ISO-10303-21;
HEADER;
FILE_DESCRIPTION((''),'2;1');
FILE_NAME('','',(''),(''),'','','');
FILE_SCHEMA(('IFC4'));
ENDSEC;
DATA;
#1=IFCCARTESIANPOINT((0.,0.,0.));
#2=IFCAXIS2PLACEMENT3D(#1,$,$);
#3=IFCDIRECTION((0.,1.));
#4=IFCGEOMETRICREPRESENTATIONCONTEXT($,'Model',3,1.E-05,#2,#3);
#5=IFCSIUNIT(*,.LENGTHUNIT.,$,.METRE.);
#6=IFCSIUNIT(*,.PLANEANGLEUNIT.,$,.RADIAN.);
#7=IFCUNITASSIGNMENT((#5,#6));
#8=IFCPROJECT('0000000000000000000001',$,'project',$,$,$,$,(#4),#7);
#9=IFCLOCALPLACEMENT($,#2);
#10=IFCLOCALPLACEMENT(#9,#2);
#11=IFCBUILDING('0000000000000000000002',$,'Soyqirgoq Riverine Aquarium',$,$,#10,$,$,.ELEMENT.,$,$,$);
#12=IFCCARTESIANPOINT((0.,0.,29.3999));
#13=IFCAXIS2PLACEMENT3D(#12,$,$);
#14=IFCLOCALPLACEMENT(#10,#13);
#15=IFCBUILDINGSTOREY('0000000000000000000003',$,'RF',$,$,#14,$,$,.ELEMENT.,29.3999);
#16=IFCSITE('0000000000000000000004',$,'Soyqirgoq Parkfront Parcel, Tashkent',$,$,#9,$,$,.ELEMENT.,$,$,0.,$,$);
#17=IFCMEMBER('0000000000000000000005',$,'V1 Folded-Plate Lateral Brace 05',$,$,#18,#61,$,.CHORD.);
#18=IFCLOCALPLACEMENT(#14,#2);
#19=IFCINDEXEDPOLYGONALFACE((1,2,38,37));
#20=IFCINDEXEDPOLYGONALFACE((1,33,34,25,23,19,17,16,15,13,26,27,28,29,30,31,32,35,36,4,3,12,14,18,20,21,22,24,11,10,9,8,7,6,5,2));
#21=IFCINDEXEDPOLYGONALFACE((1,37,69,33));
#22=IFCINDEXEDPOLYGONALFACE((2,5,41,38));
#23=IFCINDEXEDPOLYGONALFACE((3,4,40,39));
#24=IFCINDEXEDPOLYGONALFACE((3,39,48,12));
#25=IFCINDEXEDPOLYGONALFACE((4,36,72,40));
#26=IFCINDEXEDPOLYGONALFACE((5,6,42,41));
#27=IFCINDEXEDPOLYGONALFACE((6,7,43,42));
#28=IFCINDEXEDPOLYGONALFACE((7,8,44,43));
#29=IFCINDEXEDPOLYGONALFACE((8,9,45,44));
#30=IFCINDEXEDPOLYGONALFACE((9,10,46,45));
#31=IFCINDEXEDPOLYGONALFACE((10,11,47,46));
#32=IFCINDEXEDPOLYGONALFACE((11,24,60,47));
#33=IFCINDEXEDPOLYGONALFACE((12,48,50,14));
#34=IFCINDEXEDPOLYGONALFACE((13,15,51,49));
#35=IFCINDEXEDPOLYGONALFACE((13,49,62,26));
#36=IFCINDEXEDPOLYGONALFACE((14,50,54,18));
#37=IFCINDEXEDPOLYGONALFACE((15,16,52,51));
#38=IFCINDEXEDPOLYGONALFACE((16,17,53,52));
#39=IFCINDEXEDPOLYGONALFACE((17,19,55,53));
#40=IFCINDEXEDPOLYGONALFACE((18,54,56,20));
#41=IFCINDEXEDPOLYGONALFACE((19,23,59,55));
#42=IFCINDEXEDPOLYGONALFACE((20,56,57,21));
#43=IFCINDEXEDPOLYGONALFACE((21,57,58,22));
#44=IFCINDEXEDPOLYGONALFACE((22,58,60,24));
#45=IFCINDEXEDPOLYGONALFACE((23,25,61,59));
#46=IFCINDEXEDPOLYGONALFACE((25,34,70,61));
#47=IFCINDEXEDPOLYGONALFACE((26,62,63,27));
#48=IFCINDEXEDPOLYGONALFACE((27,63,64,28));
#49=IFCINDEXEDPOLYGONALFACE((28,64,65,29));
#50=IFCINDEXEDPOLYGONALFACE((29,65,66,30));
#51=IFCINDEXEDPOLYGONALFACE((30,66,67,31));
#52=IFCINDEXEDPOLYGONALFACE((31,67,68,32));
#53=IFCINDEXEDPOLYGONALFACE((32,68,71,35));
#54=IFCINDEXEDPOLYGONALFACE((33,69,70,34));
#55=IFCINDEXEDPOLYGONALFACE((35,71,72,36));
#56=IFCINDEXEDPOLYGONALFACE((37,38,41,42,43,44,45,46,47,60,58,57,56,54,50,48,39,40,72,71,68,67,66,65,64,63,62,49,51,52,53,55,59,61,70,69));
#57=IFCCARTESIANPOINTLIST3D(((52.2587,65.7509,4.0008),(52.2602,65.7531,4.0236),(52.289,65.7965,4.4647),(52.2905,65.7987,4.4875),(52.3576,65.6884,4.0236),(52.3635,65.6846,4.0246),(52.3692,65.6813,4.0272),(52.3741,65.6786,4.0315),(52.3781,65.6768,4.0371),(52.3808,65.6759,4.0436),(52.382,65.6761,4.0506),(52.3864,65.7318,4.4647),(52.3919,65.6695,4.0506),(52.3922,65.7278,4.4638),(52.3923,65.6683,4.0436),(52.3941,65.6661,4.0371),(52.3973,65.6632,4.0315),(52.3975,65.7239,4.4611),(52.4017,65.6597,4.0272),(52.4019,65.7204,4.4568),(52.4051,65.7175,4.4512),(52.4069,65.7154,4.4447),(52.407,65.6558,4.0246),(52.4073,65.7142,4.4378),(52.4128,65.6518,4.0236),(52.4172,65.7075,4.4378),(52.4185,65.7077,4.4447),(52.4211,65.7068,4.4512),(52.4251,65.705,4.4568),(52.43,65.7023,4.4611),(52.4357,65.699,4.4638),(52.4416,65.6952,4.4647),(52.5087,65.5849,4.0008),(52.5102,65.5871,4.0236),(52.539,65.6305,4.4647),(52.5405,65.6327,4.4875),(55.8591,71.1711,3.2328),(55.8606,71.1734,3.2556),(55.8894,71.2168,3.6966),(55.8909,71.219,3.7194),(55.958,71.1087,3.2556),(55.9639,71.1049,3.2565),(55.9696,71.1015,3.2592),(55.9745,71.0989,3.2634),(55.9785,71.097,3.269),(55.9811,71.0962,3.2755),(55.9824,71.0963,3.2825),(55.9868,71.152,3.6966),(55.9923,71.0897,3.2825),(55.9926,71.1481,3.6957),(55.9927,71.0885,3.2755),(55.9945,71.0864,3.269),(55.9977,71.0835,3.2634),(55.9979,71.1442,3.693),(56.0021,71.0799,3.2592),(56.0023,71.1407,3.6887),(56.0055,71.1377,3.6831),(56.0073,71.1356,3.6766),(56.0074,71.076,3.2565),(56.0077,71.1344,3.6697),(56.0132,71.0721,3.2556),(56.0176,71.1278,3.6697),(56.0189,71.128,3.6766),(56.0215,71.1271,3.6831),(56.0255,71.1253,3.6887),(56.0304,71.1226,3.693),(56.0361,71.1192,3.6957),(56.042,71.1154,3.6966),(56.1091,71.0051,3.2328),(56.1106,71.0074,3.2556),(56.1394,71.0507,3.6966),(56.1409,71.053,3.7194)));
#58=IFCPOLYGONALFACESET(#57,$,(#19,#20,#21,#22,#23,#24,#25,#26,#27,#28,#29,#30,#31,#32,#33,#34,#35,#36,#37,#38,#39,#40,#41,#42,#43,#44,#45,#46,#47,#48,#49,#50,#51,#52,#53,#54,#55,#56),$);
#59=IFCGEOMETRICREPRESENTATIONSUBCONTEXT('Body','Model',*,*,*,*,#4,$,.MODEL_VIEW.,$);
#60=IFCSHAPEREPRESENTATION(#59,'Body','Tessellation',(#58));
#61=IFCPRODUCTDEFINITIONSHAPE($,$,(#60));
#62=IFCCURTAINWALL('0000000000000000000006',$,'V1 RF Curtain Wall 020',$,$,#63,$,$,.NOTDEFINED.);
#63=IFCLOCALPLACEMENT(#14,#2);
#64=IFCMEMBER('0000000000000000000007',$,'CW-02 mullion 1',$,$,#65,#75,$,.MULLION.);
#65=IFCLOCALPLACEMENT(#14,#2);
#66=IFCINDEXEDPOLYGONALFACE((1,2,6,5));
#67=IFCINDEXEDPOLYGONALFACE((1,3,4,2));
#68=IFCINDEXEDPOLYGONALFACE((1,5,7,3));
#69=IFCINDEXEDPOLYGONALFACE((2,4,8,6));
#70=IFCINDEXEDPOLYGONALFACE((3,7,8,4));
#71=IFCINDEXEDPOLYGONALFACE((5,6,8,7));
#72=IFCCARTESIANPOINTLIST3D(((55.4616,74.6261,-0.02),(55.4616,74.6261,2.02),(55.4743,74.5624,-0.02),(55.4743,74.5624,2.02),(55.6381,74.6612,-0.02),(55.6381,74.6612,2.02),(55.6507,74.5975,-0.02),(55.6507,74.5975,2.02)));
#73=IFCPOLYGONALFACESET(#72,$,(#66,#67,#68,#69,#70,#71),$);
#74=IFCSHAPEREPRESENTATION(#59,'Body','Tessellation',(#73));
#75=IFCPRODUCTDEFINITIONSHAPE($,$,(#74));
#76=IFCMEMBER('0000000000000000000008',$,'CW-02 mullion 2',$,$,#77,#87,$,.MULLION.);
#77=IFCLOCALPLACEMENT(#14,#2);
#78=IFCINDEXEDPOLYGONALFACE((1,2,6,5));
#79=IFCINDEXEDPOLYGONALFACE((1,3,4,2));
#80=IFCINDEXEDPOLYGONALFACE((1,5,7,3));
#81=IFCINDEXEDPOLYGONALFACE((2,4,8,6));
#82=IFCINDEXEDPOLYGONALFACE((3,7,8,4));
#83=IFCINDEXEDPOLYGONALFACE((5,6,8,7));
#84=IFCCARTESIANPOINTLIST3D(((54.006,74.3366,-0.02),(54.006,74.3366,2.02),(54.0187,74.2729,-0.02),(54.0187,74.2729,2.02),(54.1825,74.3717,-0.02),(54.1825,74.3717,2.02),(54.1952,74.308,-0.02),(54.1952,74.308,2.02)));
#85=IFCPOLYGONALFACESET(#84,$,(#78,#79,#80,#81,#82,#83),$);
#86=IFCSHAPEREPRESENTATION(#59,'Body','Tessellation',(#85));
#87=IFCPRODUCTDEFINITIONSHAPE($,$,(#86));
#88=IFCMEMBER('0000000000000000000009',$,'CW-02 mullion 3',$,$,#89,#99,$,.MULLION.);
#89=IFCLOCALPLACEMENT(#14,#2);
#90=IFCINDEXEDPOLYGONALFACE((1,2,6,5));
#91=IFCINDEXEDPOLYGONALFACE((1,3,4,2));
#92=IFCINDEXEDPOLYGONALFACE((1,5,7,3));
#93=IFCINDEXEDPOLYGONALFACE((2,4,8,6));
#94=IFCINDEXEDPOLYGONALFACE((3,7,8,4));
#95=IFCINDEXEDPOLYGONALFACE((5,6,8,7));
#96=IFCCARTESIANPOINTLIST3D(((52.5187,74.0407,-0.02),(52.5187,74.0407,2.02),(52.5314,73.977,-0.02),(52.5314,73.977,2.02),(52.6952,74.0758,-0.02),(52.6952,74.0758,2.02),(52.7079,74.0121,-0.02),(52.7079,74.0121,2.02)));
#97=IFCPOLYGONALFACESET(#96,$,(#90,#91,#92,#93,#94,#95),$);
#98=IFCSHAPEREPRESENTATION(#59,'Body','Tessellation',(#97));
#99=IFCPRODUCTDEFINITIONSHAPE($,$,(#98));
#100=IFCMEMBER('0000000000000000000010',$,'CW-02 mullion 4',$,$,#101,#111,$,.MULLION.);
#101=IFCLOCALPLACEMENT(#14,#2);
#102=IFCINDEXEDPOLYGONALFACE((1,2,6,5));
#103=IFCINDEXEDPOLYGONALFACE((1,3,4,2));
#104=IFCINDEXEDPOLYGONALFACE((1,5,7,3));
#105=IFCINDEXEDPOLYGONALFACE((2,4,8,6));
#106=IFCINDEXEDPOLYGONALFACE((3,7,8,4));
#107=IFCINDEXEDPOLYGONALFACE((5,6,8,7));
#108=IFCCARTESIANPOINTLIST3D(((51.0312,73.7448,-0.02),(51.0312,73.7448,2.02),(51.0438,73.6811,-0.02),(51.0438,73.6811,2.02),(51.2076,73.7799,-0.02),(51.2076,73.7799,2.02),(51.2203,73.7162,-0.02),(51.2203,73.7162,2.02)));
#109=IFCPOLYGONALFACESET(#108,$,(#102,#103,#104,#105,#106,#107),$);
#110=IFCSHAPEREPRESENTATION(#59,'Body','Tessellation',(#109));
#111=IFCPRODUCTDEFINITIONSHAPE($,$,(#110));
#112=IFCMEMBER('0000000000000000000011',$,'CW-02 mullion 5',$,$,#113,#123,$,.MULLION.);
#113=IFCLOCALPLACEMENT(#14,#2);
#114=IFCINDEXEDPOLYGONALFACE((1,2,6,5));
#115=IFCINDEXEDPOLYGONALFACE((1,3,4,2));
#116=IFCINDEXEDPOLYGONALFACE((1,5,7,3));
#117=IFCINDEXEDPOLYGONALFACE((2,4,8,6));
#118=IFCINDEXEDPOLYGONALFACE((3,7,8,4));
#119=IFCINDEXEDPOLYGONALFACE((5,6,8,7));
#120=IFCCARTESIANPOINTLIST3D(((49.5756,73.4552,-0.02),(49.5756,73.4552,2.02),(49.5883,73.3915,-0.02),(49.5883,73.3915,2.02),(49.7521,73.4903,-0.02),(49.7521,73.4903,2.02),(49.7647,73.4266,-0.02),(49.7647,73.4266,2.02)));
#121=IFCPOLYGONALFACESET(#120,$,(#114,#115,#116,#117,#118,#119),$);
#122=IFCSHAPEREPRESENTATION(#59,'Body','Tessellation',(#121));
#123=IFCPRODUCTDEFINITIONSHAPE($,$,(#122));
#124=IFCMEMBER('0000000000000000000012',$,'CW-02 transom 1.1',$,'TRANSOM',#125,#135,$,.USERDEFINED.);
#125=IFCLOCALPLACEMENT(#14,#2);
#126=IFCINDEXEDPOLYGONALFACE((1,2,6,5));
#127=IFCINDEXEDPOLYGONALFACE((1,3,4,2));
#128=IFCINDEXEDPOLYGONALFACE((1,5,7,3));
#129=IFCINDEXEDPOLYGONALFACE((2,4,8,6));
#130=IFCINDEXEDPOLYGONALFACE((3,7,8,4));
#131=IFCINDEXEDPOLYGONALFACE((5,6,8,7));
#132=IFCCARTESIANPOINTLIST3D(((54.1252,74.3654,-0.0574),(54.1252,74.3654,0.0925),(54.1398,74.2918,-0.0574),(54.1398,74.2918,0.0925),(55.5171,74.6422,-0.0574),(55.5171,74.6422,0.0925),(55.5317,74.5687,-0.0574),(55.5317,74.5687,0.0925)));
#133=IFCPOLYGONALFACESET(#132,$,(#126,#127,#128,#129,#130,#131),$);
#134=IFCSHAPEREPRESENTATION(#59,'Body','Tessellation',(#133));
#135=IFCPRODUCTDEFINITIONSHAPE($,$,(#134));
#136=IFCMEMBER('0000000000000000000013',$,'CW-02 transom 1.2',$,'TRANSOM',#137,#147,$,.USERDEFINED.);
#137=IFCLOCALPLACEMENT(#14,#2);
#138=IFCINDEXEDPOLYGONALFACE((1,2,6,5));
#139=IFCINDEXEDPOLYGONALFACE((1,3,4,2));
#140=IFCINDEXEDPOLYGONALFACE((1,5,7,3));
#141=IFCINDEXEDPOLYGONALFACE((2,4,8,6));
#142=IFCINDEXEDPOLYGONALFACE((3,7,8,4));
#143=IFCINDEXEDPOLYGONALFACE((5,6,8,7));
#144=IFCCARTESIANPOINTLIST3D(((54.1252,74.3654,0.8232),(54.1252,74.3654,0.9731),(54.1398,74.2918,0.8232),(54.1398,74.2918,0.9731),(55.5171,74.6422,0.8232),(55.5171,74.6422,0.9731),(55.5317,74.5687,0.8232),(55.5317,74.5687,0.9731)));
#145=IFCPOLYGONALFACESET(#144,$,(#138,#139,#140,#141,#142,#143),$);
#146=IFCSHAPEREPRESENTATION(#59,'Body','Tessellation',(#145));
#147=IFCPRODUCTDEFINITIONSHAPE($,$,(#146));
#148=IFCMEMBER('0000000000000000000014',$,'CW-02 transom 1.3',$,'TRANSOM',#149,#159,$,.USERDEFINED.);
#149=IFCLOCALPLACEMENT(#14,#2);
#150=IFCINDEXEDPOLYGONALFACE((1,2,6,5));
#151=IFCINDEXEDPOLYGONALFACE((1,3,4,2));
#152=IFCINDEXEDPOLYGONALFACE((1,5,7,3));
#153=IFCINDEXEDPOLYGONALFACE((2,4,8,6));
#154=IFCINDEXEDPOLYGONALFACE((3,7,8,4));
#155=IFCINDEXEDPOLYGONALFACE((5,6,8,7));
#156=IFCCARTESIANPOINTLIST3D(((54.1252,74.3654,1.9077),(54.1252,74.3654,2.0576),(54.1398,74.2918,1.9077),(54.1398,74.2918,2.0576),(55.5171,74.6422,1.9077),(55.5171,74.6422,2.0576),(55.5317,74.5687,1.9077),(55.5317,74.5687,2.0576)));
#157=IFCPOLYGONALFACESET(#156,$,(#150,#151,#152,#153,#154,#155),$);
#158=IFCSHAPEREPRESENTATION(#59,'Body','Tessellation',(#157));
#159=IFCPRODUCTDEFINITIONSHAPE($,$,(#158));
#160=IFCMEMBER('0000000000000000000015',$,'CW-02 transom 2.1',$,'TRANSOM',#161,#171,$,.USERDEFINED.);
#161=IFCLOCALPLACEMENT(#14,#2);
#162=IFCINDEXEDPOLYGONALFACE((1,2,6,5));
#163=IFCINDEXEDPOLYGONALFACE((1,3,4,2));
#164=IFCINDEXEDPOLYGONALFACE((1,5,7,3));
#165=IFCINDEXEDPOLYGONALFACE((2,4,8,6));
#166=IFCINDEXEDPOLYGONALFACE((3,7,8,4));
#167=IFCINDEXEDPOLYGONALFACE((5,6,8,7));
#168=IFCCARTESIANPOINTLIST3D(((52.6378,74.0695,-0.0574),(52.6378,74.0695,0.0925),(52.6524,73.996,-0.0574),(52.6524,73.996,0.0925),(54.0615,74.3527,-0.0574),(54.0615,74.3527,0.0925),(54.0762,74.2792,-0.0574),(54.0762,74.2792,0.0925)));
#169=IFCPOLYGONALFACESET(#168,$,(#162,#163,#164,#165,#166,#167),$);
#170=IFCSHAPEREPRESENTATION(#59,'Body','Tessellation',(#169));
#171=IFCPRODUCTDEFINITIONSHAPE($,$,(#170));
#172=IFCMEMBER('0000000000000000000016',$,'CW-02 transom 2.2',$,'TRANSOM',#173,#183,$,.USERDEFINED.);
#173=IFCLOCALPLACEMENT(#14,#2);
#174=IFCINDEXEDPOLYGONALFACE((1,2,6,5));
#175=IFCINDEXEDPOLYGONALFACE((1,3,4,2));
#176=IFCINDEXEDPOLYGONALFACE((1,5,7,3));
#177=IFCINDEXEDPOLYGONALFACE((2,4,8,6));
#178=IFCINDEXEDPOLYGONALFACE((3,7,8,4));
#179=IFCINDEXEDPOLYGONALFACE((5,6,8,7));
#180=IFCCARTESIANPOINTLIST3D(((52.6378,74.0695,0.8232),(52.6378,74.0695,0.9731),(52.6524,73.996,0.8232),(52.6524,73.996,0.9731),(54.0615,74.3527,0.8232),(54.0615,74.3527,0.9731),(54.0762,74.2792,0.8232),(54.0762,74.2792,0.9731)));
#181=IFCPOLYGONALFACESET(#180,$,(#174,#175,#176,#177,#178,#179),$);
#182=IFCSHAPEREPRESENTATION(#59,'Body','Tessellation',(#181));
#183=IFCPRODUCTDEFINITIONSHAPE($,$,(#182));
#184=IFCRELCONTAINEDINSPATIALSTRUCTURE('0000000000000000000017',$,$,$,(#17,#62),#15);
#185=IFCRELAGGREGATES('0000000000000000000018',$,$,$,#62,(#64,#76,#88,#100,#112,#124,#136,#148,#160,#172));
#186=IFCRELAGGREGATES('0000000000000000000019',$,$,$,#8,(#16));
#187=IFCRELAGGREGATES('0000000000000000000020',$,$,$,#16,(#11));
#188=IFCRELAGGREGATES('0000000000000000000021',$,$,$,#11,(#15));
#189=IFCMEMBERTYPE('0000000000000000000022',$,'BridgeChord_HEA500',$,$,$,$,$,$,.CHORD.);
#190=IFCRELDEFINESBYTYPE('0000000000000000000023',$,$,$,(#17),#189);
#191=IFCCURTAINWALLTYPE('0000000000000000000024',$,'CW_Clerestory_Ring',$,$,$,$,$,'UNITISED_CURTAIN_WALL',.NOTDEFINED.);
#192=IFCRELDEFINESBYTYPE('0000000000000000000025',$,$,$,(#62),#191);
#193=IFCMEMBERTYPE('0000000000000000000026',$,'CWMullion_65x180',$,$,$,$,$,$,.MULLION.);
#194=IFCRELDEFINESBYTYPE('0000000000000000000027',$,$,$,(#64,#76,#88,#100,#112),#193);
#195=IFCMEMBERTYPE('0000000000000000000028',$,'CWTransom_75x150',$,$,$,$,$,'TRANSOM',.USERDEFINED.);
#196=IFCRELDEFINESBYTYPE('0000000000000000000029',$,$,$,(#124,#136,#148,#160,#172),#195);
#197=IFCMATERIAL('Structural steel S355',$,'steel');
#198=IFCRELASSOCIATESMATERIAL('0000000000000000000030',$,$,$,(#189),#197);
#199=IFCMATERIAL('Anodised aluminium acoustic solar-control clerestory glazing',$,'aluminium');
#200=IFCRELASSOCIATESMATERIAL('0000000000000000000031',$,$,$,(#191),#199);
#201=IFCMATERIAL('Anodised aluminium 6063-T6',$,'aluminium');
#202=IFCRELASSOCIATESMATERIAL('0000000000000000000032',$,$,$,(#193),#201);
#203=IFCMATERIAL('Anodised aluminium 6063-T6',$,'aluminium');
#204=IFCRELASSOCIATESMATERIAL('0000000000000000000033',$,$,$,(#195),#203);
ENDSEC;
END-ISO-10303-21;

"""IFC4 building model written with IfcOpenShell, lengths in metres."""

from ifc_helpers import new_model, si_unit, direction, frame, origin, origin_2d, place, context, subcontext, project, spatial, rectangle, i_section, extrude, material, material_profile, profile_set, type_object, element, aggregate, save


model = new_model("IFC4")

# Units and contexts
model_context = context("Model", 3, precision=1e-05, world=origin(), true_north=direction((0.0, 1.0)))
body_context = subcontext(model_context, "Body", "Model", "MODEL_VIEW")
ifc_project = project(units=[si_unit("LENGTHUNIT", "METRE"), si_unit("PLANEANGLEUNIT", "RADIAN")], contexts=[model_context])

# Site, building, storey
site_placement = place(None, origin())
site = spatial("IfcSite", under=ifc_project, at=site_placement, Name="Soyqirgoq Parkfront Parcel, Tashkent", CompositionType="ELEMENT", RefElevation=0.0)
building_placement = place(site_placement, origin())
building = spatial("IfcBuilding", under=site, at=building_placement, Name="Soyqirgoq Riverine Aquarium", CompositionType="ELEMENT")
storey_placement = place(building_placement, frame((0.0, 0.0, 29.3999)))
storey = spatial("IfcBuildingStorey", under=building, at=storey_placement, Name="RF", CompositionType="ELEMENT", Elevation=29.3999)

# Member
ifc_material_1 = material(Name="Structural steel S355", Category="steel")
ifc_material_profile_1 = material_profile(ifc_material_1, i_section(OverallWidth=0.3, OverallDepth=0.49, WebThickness=0.012, FlangeThickness=0.0229, FilletRadius=0.0271, at=origin_2d()), Name="HEA 500")
ifc_profile_set_1 = profile_set([ifc_material_profile_1], Name="Structural steel S355")
member_type_1 = type_object("IfcMemberType", Name="BridgeChord_HEA500", PredefinedType="CHORD", material=ifc_profile_set_1)
member_1_placement = place(storey_placement, frame((56.0, 71.1121, 3.4761), z_axis=(-0.549491, -0.827236, 0.117224), x_axis=(0.832978, -0.553305, 0.0)))
element("IfcMember", 1, at=member_1_placement, inside=storey, type_object=member_type_1, Name="V1 Folded-Plate Lateral Brace 05", PredefinedType="CHORD", context=body_context, shape_type="SweptSolid", body=[
    extrude(i_section(OverallWidth=0.3, OverallDepth=0.49, WebThickness=0.012, FlangeThickness=0.0229, FilletRadius=0.0271, at=origin_2d()), origin(), (0.0, 0.0, 1.0), 6.5522),
])

# Curtain wall, members
ifc_material_2 = material(Name="Anodised aluminium acoustic solar-control clerestory glazing", Category="aluminium")
curtain_wall_type = type_object("IfcCurtainWallType", Name="CW_Clerestory_Ring", ElementType="UNITISED_CURTAIN_WALL", PredefinedType="NOTDEFINED", material=ifc_material_2)
curtain_wall_placement = place(storey_placement, origin())
curtain_wall = element("IfcCurtainWall", 2, at=curtain_wall_placement, inside=storey, type_object=curtain_wall_type, Name="V1 RF Curtain Wall 020", PredefinedType="NOTDEFINED")
ifc_material_3 = material(Name="Anodised aluminium 6063-T6", Category="aluminium")
ifc_material_profile_2 = material_profile(ifc_material_3, rectangle(XDim=0.0649, YDim=0.1799, at=origin_2d()), Name="ALU-M 65x180")
ifc_profile_set_2 = profile_set([ifc_material_profile_2], Name="Anodised aluminium 6063-T6")
member_type_2 = type_object("IfcMemberType", Name="CWMullion_65x180", PredefinedType="MULLION", material=ifc_profile_set_2)
member_2_placement = place(storey_placement, frame((55.5562, 74.6118, -0.02), z_axis=(0.0, 0.0, 1.0), x_axis=(0.195095, -0.980784, 0.0)))
member_2 = element("IfcMember", 3, at=member_2_placement, type_object=member_type_2, Name="CW-02 mullion 1", PredefinedType="MULLION", context=body_context, shape_type="SweptSolid", body=[
    extrude(rectangle(XDim=0.0649, YDim=0.1799, at=origin_2d()), origin(), (0.0, 0.0, 1.0), 2.04),
])
member_3_placement = place(storey_placement, frame((54.1006, 74.3223, -0.02), z_axis=(0.0, 0.0, 1.0), x_axis=(0.195095, -0.980784, 0.0)))
member_3 = element("IfcMember", 4, at=member_3_placement, type_object=member_type_2, Name="CW-02 mullion 2", PredefinedType="MULLION", context=body_context, shape_type="SweptSolid", body=[
    extrude(rectangle(XDim=0.0649, YDim=0.1799, at=origin_2d()), origin(), (0.0, 0.0, 1.0), 2.04),
])
member_4_placement = place(storey_placement, frame((52.6133, 74.0264, -0.02), z_axis=(0.0, 0.0, 1.0), x_axis=(0.195095, -0.980784, 0.0)))
member_4 = element("IfcMember", 5, at=member_4_placement, type_object=member_type_2, Name="CW-02 mullion 3", PredefinedType="MULLION", context=body_context, shape_type="SweptSolid", body=[
    extrude(rectangle(XDim=0.0649, YDim=0.1799, at=origin_2d()), origin(), (0.0, 0.0, 1.0), 2.04),
])
member_5_placement = place(storey_placement, frame((51.1257, 73.7305, -0.02), z_axis=(0.0, 0.0, 1.0), x_axis=(0.195095, -0.980784, 0.0)))
member_5 = element("IfcMember", 6, at=member_5_placement, type_object=member_type_2, Name="CW-02 mullion 4", PredefinedType="MULLION", context=body_context, shape_type="SweptSolid", body=[
    extrude(rectangle(XDim=0.0649, YDim=0.1799, at=origin_2d()), origin(), (0.0, 0.0, 1.0), 2.04),
])
member_6_placement = place(storey_placement, frame((49.6702, 73.4409, -0.02), z_axis=(0.0, 0.0, 1.0), x_axis=(0.195095, -0.980784, 0.0)))
member_6 = element("IfcMember", 7, at=member_6_placement, type_object=member_type_2, Name="CW-02 mullion 5", PredefinedType="MULLION", context=body_context, shape_type="SweptSolid", body=[
    extrude(rectangle(XDim=0.0649, YDim=0.1799, at=origin_2d()), origin(), (0.0, 0.0, 1.0), 2.04),
])
ifc_material_4 = material(Name="Anodised aluminium 6063-T6", Category="aluminium")
ifc_material_profile_3 = material_profile(ifc_material_4, rectangle(XDim=0.075, YDim=0.1499, at=origin_2d()), Name="ALU-T 75x150")
ifc_profile_set_3 = profile_set([ifc_material_profile_3], Name="Anodised aluminium 6063-T6")
member_type_3 = type_object("IfcMemberType", Name="CWTransom_75x150", ElementType="TRANSOM", PredefinedType="USERDEFINED", material=ifc_profile_set_3)
member_7_placement = place(storey_placement, frame((55.5244, 74.6055, 0.0176), z_axis=(-0.980785, -0.19509, 0.0), x_axis=(0.19509, -0.980785, 0.0)))
member_7 = element("IfcMember", 8, at=member_7_placement, type_object=member_type_3, Name="CW-02 transom 1.1", ObjectType="TRANSOM", PredefinedType="USERDEFINED", context=body_context, shape_type="SweptSolid", body=[
    extrude(rectangle(XDim=0.075, YDim=0.1499, at=origin_2d()), origin(), (0.0, 0.0, 1.0), 1.4192),
])
member_8_placement = place(storey_placement, frame((55.5244, 74.6055, 0.8982), z_axis=(-0.980785, -0.19509, 0.0), x_axis=(0.19509, -0.980785, 0.0)))
member_8 = element("IfcMember", 9, at=member_8_placement, type_object=member_type_3, Name="CW-02 transom 1.2", ObjectType="TRANSOM", PredefinedType="USERDEFINED", context=body_context, shape_type="SweptSolid", body=[
    extrude(rectangle(XDim=0.075, YDim=0.1499, at=origin_2d()), origin(), (0.0, 0.0, 1.0), 1.4192),
])
member_9_placement = place(storey_placement, frame((55.5244, 74.6055, 1.9827), z_axis=(-0.980785, -0.19509, 0.0), x_axis=(0.19509, -0.980785, 0.0)))
member_9 = element("IfcMember", 10, at=member_9_placement, type_object=member_type_3, Name="CW-02 transom 1.3", ObjectType="TRANSOM", PredefinedType="USERDEFINED", context=body_context, shape_type="SweptSolid", body=[
    extrude(rectangle(XDim=0.075, YDim=0.1499, at=origin_2d()), origin(), (0.0, 0.0, 1.0), 1.4192),
])
member_10_placement = place(storey_placement, frame((54.0688, 74.3159, 0.0176), z_axis=(-0.980787, -0.195081, 0.0), x_axis=(0.195081, -0.980787, 0.0)))
member_10 = element("IfcMember", 11, at=member_10_placement, type_object=member_type_3, Name="CW-02 transom 2.1", ObjectType="TRANSOM", PredefinedType="USERDEFINED", context=body_context, shape_type="SweptSolid", body=[
    extrude(rectangle(XDim=0.075, YDim=0.1499, at=origin_2d()), origin(), (0.0, 0.0, 1.0), 1.4517),
])
member_11_placement = place(storey_placement, frame((54.0688, 74.3159, 0.8982), z_axis=(-0.980787, -0.195081, 0.0), x_axis=(0.195081, -0.980787, 0.0)))
member_11 = element("IfcMember", 12, at=member_11_placement, type_object=member_type_3, Name="CW-02 transom 2.2", ObjectType="TRANSOM", PredefinedType="USERDEFINED", context=body_context, shape_type="SweptSolid", body=[
    extrude(rectangle(XDim=0.075, YDim=0.1499, at=origin_2d()), origin(), (0.0, 0.0, 1.0), 1.4517),
])

aggregate(curtain_wall, [member_2, member_3, member_4, member_5, member_6, member_7, member_8, member_9, member_10, member_11])

save(model, "model.ifc")
